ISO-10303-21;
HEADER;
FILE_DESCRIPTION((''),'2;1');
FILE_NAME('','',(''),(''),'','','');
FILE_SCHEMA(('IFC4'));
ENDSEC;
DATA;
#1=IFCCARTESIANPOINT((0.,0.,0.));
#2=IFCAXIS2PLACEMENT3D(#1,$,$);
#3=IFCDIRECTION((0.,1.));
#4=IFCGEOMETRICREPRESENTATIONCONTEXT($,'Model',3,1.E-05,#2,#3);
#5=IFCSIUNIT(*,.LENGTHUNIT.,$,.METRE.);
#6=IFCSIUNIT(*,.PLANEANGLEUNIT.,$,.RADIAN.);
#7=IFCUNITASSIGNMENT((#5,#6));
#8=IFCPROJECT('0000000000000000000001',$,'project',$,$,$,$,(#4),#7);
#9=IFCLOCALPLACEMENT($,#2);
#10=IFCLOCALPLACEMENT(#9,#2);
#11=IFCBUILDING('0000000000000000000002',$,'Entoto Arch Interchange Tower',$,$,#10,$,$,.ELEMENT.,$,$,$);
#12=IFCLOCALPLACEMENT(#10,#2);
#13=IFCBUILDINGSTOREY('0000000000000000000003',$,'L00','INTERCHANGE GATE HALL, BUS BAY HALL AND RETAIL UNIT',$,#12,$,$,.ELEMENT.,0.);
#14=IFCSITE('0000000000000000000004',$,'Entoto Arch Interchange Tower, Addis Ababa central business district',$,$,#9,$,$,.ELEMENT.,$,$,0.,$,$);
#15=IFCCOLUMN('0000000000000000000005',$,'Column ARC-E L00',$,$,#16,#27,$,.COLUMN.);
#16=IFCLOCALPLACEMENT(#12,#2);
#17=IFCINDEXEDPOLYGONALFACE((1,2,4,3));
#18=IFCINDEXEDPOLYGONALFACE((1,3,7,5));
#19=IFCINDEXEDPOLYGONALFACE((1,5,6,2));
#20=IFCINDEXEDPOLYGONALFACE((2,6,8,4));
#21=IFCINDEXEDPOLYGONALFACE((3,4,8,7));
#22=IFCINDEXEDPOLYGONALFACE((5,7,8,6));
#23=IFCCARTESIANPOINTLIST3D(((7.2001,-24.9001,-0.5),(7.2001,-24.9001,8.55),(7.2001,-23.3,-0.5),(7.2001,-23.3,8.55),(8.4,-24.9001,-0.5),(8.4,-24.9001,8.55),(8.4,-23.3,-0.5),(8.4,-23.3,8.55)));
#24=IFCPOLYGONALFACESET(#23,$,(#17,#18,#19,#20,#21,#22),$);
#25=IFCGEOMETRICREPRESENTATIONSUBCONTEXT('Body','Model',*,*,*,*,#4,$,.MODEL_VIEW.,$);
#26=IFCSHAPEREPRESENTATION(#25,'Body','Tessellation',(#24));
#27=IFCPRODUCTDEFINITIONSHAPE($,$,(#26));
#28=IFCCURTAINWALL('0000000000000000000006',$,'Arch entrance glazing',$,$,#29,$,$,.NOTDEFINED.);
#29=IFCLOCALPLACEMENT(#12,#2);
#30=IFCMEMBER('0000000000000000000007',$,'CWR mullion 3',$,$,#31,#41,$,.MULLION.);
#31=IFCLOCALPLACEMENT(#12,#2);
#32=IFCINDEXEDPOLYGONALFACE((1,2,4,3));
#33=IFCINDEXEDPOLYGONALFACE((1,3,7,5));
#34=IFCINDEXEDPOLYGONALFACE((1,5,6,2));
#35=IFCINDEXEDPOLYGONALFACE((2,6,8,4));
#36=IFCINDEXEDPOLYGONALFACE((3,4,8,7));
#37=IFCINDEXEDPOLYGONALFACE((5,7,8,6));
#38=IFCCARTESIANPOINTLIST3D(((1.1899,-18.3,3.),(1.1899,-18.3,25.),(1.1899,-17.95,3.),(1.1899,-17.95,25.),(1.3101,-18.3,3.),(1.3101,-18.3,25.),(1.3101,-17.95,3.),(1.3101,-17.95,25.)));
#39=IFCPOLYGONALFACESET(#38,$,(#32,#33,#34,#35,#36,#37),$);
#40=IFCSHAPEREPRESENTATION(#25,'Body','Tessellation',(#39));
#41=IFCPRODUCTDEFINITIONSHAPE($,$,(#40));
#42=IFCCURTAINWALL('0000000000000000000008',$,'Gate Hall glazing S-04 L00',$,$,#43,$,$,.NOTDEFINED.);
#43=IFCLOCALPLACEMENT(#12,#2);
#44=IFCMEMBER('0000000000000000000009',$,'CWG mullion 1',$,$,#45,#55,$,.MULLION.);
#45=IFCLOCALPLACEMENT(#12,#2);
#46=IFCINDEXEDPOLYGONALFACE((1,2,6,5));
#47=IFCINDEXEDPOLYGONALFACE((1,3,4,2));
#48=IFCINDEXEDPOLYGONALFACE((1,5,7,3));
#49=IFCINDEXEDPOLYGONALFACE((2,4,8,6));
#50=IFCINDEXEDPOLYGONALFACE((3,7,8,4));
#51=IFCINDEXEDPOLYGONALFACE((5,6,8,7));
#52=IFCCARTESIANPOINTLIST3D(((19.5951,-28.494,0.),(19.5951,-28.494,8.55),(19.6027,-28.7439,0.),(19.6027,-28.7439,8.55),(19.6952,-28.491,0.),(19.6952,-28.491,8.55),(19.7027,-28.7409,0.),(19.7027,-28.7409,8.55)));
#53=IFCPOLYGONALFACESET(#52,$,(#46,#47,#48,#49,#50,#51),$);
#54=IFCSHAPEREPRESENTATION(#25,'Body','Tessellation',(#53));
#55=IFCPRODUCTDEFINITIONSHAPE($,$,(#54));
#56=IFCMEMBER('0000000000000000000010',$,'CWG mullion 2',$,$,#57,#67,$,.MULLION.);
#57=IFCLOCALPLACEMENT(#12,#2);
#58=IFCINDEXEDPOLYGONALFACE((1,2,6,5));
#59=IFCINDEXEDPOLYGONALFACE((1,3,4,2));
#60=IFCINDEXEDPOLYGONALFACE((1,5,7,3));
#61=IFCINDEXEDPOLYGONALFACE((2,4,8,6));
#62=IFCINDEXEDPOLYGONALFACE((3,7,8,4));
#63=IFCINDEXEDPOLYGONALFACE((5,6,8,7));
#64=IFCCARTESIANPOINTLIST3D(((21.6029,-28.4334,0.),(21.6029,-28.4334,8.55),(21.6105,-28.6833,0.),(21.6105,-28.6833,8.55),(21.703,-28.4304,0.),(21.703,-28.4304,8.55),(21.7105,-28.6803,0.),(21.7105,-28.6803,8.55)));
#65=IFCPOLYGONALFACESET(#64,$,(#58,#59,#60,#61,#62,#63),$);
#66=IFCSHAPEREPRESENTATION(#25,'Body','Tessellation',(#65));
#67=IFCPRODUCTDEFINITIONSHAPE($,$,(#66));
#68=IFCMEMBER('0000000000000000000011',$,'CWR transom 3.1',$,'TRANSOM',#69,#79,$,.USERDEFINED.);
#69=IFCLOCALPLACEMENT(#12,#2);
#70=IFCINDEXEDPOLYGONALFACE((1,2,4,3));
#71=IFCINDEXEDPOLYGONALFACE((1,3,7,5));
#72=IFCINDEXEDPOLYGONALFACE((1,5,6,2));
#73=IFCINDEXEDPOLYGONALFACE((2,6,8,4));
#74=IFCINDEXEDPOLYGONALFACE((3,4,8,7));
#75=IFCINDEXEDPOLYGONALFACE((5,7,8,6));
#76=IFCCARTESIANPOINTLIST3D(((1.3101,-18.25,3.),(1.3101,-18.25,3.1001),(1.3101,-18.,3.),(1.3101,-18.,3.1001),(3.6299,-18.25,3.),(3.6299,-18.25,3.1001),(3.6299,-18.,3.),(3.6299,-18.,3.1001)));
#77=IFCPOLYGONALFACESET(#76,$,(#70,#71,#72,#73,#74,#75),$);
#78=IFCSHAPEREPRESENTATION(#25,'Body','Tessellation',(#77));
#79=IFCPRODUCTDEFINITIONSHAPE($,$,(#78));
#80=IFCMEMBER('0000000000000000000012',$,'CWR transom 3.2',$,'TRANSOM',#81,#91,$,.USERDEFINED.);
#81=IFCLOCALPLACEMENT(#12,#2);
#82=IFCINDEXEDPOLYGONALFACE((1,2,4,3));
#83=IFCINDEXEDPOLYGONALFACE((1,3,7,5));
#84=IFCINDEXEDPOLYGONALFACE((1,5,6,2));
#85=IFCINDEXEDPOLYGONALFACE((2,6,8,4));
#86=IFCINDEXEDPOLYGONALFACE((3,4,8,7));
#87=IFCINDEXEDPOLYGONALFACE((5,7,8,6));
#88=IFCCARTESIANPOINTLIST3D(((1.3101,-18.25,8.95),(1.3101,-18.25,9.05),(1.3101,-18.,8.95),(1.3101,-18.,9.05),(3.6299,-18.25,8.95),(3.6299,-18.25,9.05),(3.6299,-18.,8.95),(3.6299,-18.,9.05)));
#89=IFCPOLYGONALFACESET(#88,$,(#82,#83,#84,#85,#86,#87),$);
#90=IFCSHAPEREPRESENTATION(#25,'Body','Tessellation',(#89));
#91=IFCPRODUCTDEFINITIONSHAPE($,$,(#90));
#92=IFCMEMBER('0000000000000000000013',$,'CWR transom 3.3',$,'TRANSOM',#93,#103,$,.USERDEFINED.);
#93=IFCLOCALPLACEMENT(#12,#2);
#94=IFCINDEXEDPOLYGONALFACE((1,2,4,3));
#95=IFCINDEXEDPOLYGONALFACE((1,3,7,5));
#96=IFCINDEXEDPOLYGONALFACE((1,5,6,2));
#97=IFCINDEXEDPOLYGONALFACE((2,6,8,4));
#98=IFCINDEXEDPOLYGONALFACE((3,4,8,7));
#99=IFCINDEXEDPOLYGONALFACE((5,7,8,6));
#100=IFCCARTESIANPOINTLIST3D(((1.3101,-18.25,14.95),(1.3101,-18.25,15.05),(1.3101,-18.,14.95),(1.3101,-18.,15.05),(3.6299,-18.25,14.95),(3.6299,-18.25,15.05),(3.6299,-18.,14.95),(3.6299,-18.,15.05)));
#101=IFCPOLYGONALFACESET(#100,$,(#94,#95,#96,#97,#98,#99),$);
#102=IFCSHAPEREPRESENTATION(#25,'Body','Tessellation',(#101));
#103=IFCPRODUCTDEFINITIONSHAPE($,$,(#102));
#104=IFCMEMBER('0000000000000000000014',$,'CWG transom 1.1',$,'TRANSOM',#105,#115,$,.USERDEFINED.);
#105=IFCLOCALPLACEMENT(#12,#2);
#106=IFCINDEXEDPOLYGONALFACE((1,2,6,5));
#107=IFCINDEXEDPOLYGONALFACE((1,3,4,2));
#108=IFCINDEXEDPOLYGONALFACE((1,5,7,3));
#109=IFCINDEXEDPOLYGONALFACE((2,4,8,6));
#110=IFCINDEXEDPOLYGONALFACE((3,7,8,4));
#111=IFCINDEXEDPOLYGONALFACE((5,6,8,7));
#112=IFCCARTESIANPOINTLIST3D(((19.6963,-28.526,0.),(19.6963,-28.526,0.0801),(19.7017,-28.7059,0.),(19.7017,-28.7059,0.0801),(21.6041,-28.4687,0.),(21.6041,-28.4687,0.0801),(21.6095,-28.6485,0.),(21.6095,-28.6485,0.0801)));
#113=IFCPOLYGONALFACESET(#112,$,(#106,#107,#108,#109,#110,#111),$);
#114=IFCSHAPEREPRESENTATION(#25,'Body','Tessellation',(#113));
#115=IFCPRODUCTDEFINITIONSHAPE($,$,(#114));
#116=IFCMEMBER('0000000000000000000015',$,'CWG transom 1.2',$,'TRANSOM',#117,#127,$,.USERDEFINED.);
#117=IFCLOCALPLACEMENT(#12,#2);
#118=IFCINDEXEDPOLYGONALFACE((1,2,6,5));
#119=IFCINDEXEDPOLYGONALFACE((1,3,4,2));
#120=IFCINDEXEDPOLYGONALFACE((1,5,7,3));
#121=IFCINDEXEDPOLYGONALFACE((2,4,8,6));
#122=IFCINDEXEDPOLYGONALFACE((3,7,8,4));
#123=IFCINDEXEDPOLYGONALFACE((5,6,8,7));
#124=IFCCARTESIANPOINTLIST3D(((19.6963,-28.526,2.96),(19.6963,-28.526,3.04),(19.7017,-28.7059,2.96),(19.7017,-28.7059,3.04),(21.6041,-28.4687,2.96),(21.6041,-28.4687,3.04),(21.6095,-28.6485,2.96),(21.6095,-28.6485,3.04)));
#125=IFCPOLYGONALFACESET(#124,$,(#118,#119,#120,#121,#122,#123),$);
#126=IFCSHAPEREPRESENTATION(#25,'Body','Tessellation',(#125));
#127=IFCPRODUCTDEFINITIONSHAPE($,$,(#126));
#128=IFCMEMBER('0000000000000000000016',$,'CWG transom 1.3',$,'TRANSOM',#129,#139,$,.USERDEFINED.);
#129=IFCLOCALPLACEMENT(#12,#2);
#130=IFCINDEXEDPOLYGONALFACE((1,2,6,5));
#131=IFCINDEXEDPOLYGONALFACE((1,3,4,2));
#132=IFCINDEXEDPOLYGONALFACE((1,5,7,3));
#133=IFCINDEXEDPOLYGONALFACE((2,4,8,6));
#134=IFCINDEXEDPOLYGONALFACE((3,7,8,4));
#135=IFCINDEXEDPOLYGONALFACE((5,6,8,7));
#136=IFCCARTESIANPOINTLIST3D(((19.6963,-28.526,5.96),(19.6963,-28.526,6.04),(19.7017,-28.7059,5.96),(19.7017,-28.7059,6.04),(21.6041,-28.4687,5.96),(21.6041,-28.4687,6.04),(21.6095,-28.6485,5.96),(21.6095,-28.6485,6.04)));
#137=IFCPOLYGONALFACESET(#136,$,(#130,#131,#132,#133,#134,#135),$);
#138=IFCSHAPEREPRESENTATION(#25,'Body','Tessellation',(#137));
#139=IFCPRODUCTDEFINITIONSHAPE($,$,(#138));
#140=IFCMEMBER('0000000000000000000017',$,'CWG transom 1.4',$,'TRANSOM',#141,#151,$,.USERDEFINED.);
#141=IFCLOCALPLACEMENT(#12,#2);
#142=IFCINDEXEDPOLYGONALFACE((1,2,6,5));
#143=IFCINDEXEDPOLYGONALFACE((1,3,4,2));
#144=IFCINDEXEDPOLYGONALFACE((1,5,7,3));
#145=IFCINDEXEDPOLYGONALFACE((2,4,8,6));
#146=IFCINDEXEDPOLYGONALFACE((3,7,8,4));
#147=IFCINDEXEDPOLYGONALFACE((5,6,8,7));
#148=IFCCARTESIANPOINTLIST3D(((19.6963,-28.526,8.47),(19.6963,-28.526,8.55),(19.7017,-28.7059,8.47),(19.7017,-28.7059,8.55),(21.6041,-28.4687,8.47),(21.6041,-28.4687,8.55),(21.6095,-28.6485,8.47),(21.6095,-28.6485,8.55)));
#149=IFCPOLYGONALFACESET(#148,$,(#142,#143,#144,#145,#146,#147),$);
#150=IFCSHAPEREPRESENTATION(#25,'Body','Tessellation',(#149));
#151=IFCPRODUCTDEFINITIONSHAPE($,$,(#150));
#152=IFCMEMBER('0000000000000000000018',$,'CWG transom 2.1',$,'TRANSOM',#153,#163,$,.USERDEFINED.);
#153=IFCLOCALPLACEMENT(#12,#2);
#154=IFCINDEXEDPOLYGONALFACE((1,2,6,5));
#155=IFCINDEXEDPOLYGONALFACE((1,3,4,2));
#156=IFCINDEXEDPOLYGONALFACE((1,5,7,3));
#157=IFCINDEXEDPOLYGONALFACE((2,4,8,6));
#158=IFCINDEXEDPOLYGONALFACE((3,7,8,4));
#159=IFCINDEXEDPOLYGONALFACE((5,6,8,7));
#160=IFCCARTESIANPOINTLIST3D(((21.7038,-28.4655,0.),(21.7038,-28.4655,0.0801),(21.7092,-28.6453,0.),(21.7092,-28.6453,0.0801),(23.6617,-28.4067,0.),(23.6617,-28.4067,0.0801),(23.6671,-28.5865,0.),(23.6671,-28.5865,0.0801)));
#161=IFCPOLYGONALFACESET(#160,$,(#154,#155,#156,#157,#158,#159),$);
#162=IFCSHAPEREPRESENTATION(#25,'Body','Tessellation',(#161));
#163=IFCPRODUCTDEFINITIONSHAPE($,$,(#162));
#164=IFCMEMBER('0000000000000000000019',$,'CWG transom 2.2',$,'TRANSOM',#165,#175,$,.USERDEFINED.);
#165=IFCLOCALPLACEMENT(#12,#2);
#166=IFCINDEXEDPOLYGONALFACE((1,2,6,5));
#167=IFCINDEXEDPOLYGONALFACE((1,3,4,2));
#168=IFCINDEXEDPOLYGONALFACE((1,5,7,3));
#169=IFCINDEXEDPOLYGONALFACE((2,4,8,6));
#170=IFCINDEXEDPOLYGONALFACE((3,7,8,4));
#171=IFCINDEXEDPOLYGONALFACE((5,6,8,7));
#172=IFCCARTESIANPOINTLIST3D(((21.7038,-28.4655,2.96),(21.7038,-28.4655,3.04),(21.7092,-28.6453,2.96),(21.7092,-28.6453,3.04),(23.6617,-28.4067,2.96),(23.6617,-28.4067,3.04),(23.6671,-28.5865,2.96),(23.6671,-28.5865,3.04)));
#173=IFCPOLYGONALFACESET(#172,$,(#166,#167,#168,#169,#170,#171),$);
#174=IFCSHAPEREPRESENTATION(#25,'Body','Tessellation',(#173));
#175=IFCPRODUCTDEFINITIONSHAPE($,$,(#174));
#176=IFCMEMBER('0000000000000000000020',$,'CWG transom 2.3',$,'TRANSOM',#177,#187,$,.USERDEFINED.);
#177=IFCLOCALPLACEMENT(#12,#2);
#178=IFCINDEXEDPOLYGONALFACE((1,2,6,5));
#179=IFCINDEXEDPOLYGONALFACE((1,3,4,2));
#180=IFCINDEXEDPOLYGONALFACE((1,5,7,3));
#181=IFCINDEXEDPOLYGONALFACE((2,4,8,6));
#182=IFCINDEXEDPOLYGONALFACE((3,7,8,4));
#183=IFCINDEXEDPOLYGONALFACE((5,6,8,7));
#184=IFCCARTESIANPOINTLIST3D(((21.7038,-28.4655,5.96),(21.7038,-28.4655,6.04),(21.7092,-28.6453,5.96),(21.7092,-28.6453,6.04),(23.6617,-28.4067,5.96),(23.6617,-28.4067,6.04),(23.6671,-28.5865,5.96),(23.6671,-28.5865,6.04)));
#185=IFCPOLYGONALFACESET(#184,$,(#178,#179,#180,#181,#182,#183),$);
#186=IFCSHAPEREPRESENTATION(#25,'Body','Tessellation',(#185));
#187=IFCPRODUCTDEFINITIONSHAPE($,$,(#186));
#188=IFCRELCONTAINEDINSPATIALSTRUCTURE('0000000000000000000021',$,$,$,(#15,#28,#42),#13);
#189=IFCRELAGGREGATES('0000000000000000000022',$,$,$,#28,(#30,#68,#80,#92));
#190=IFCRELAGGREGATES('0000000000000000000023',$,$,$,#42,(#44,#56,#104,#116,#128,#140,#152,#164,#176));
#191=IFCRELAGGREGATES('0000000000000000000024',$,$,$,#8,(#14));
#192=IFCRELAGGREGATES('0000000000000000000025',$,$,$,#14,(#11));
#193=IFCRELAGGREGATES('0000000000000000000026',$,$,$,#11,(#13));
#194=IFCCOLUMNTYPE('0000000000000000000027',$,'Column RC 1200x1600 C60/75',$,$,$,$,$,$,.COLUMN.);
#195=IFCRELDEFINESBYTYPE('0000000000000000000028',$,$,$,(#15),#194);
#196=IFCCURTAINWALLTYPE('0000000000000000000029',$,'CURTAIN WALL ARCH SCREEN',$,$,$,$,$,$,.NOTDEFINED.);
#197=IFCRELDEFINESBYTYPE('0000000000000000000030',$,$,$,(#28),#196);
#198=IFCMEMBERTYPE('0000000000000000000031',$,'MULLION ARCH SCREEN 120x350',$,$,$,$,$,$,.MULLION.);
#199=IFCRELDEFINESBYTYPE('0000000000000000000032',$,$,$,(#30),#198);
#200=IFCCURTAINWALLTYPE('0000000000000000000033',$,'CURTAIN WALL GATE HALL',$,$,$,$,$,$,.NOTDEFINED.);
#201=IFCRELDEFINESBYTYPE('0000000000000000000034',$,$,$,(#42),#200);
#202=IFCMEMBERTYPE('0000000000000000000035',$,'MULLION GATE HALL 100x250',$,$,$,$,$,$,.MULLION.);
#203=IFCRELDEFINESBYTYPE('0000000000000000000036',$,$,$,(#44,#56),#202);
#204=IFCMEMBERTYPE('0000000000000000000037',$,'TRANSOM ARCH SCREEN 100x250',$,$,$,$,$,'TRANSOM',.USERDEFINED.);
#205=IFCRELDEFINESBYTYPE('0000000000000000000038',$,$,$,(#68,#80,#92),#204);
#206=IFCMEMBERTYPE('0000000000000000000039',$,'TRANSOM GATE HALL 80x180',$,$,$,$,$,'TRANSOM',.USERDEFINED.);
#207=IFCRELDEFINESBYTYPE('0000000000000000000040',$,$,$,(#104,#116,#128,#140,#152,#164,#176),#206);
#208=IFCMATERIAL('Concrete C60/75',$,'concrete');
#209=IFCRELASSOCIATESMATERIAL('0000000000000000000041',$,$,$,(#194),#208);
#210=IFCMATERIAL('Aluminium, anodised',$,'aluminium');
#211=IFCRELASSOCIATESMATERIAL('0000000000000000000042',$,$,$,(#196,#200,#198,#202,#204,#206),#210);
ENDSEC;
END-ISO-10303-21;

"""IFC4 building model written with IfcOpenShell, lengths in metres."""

from ifc_helpers import new_model, si_unit, direction, frame, origin, origin_2d, place, context, subcontext, project, spatial, rectangle, extrude, material, material_profile, profile_set, type_object, element, aggregate, save


model = new_model("IFC4")

# Units and contexts
model_context = context("Model", 3, precision=1e-05, world=origin(), true_north=direction((0.0, 1.0)))
body_context = subcontext(model_context, "Body", "Model", "MODEL_VIEW")
ifc_project = project(units=[si_unit("LENGTHUNIT", "METRE"), si_unit("PLANEANGLEUNIT", "RADIAN")], contexts=[model_context])

# Site, building, storey
site_placement = place(None, origin())
site = spatial("IfcSite", under=ifc_project, at=site_placement, Name="Entoto Arch Interchange Tower, Addis Ababa central business district", CompositionType="ELEMENT", RefElevation=0.0)
building_placement = place(site_placement, origin())
building = spatial("IfcBuilding", under=site, at=building_placement, Name="Entoto Arch Interchange Tower", CompositionType="ELEMENT")
storey_placement = place(building_placement, origin())
storey = spatial("IfcBuildingStorey", under=building, at=storey_placement, Name="L00", Description="INTERCHANGE GATE HALL, BUS BAY HALL AND RETAIL UNIT", CompositionType="ELEMENT", Elevation=0.0)

# Column
ifc_material_1 = material(Name="Concrete C60/75", Category="concrete")
ifc_material_profile_1 = material_profile(ifc_material_1, rectangle(XDim=1.2, YDim=1.6001, at=origin_2d()))
ifc_profile_set_1 = profile_set([ifc_material_profile_1], Name="Concrete C60/75")
column_type = type_object("IfcColumnType", Name="Column RC 1200x1600 C60/75", PredefinedType="COLUMN", material=ifc_profile_set_1)
column_placement = place(storey_placement, frame((7.8, -24.1001, -0.5), z_axis=(0.0, 0.0, 1.0), x_axis=(1.0, 0.0, 0.0)))
element("IfcColumn", 1, at=column_placement, inside=storey, type_object=column_type, Name="Column ARC-E L00", PredefinedType="COLUMN", context=body_context, shape_type="SweptSolid", body=[
    extrude(rectangle(XDim=1.2, YDim=1.6001, at=origin_2d()), origin(), (0.0, 0.0, 1.0), 9.05),
])

# Curtain wall, member
ifc_material_2 = material(Name="Aluminium, anodised", Category="aluminium")
curtain_wall_type_1 = type_object("IfcCurtainWallType", Name="CURTAIN WALL ARCH SCREEN", PredefinedType="NOTDEFINED", material=ifc_material_2)
curtain_wall_1_placement = place(storey_placement, origin())
curtain_wall_1 = element("IfcCurtainWall", 2, at=curtain_wall_1_placement, inside=storey, type_object=curtain_wall_type_1, Name="Arch entrance glazing", PredefinedType="NOTDEFINED")
ifc_material_profile_2 = material_profile(ifc_material_2, rectangle(XDim=0.3501, YDim=0.1201, at=origin_2d()))
ifc_profile_set_2 = profile_set([ifc_material_profile_2], Name="Aluminium, anodised")
member_type_1 = type_object("IfcMemberType", Name="MULLION ARCH SCREEN 120x350", PredefinedType="MULLION", material=ifc_profile_set_2)
member_1_placement = place(storey_placement, frame((1.25, -18.125, 3.0), z_axis=(0.0, 0.0, 1.0), x_axis=(0.0, 1.0, 0.0)))
member_1 = element("IfcMember", 3, at=member_1_placement, type_object=member_type_1, Name="CWR mullion 3", PredefinedType="MULLION", context=body_context, shape_type="SweptSolid", body=[
    extrude(rectangle(XDim=0.3501, YDim=0.1201, at=origin_2d()), origin(), (0.0, 0.0, 1.0), 22.0),
])

# Curtain wall, members
curtain_wall_type_2 = type_object("IfcCurtainWallType", Name="CURTAIN WALL GATE HALL", PredefinedType="NOTDEFINED", material=ifc_material_2)
curtain_wall_2_placement = place(storey_placement, origin())
curtain_wall_2 = element("IfcCurtainWall", 4, at=curtain_wall_2_placement, inside=storey, type_object=curtain_wall_type_2, Name="Gate Hall glazing S-04 L00", PredefinedType="NOTDEFINED")
ifc_material_profile_3 = material_profile(ifc_material_2, rectangle(XDim=0.25, YDim=0.1001, at=origin_2d()))
ifc_profile_set_3 = profile_set([ifc_material_profile_3], Name="Aluminium, anodised")
member_type_2 = type_object("IfcMemberType", Name="MULLION GATE HALL 100x250", PredefinedType="MULLION", material=ifc_profile_set_3)
member_2_placement = place(storey_placement, frame((19.6489, -28.6174, 0.0), z_axis=(0.0, 0.0, 1.0), x_axis=(-0.030118, 0.999546, 0.0)))
member_2 = element("IfcMember", 5, at=member_2_placement, type_object=member_type_2, Name="CWG mullion 1", PredefinedType="MULLION", context=body_context, shape_type="SweptSolid", body=[
    extrude(rectangle(XDim=0.25, YDim=0.1001, at=origin_2d()), origin(), (0.0, 0.0, 1.0), 8.55),
])
member_3_placement = place(storey_placement, frame((21.6567, -28.5569, 0.0), z_axis=(0.0, 0.0, 1.0), x_axis=(-0.030118, 0.999546, 0.0)))
member_3 = element("IfcMember", 6, at=member_3_placement, type_object=member_type_2, Name="CWG mullion 2", PredefinedType="MULLION", context=body_context, shape_type="SweptSolid", body=[
    extrude(rectangle(XDim=0.25, YDim=0.1001, at=origin_2d()), origin(), (0.0, 0.0, 1.0), 8.55),
])

# Members
ifc_material_profile_4 = material_profile(ifc_material_2, rectangle(XDim=0.25, YDim=0.1001, at=origin_2d()))
ifc_profile_set_4 = profile_set([ifc_material_profile_4], Name="Aluminium, anodised")
member_type_3 = type_object("IfcMemberType", Name="TRANSOM ARCH SCREEN 100x250", ElementType="TRANSOM", PredefinedType="USERDEFINED", material=ifc_profile_set_4)
member_4_placement = place(storey_placement, frame((1.3101, -18.125, 3.05), z_axis=(1.0, 0.0, 0.0), x_axis=(0.0, 1.0, 0.0)))
member_4 = element("IfcMember", 7, at=member_4_placement, type_object=member_type_3, Name="CWR transom 3.1", ObjectType="TRANSOM", PredefinedType="USERDEFINED", context=body_context, shape_type="SweptSolid", body=[
    extrude(rectangle(XDim=0.25, YDim=0.1001, at=origin_2d()), origin(), (0.0, 0.0, 1.0), 2.3198),
])
member_5_placement = place(storey_placement, frame((1.3101, -18.125, 9.0), z_axis=(1.0, 0.0, 0.0), x_axis=(0.0, 1.0, 0.0)))
member_5 = element("IfcMember", 8, at=member_5_placement, type_object=member_type_3, Name="CWR transom 3.2", ObjectType="TRANSOM", PredefinedType="USERDEFINED", context=body_context, shape_type="SweptSolid", body=[
    extrude(rectangle(XDim=0.25, YDim=0.1001, at=origin_2d()), origin(), (0.0, 0.0, 1.0), 2.3198),
])
member_6_placement = place(storey_placement, frame((1.3101, -18.125, 15.0), z_axis=(1.0, 0.0, 0.0), x_axis=(0.0, 1.0, 0.0)))
member_6 = element("IfcMember", 9, at=member_6_placement, type_object=member_type_3, Name="CWR transom 3.3", ObjectType="TRANSOM", PredefinedType="USERDEFINED", context=body_context, shape_type="SweptSolid", body=[
    extrude(rectangle(XDim=0.25, YDim=0.1001, at=origin_2d()), origin(), (0.0, 0.0, 1.0), 2.3198),
])
ifc_material_profile_5 = material_profile(ifc_material_2, rectangle(XDim=0.1799, YDim=0.0801, at=origin_2d()))
ifc_profile_set_5 = profile_set([ifc_material_profile_5], Name="Aluminium, anodised")
member_type_4 = type_object("IfcMemberType", Name="TRANSOM GATE HALL 80x180", ElementType="TRANSOM", PredefinedType="USERDEFINED", material=ifc_profile_set_5)
member_7_placement = place(storey_placement, frame((19.699, -28.616, 0.04), z_axis=(0.999548, 0.030061, 0.0), x_axis=(-0.030061, 0.999548, 0.0)))
member_7 = element("IfcMember", 10, at=member_7_placement, type_object=member_type_4, Name="CWG transom 1.1", ObjectType="TRANSOM", PredefinedType="USERDEFINED", context=body_context, shape_type="SweptSolid", body=[
    extrude(rectangle(XDim=0.1799, YDim=0.0801, at=origin_2d()), origin(), (0.0, 0.0, 1.0), 1.9087),
])
member_8_placement = place(storey_placement, frame((19.699, -28.616, 3.0), z_axis=(0.999548, 0.030061, 0.0), x_axis=(-0.030061, 0.999548, 0.0)))
member_8 = element("IfcMember", 11, at=member_8_placement, type_object=member_type_4, Name="CWG transom 1.2", ObjectType="TRANSOM", PredefinedType="USERDEFINED", context=body_context, shape_type="SweptSolid", body=[
    extrude(rectangle(XDim=0.1799, YDim=0.0801, at=origin_2d()), origin(), (0.0, 0.0, 1.0), 1.9087),
])
member_9_placement = place(storey_placement, frame((19.699, -28.616, 6.0), z_axis=(0.999548, 0.030061, 0.0), x_axis=(-0.030061, 0.999548, 0.0)))
member_9 = element("IfcMember", 12, at=member_9_placement, type_object=member_type_4, Name="CWG transom 1.3", ObjectType="TRANSOM", PredefinedType="USERDEFINED", context=body_context, shape_type="SweptSolid", body=[
    extrude(rectangle(XDim=0.1799, YDim=0.0801, at=origin_2d()), origin(), (0.0, 0.0, 1.0), 1.9087),
])
member_10_placement = place(storey_placement, frame((19.699, -28.616, 8.51), z_axis=(0.999548, 0.030061, 0.0), x_axis=(-0.030061, 0.999548, 0.0)))
member_10 = element("IfcMember", 13, at=member_10_placement, type_object=member_type_4, Name="CWG transom 1.4", ObjectType="TRANSOM", PredefinedType="USERDEFINED", context=body_context, shape_type="SweptSolid", body=[
    extrude(rectangle(XDim=0.1799, YDim=0.0801, at=origin_2d()), origin(), (0.0, 0.0, 1.0), 1.9087),
])
member_11_placement = place(storey_placement, frame((21.7065, -28.5554, 0.04), z_axis=(0.999549, 0.03004, 0.0), x_axis=(-0.03004, 0.999549, 0.0)))
member_11 = element("IfcMember", 14, at=member_11_placement, type_object=member_type_4, Name="CWG transom 2.1", ObjectType="TRANSOM", PredefinedType="USERDEFINED", context=body_context, shape_type="SweptSolid", body=[
    extrude(rectangle(XDim=0.1799, YDim=0.0801, at=origin_2d()), origin(), (0.0, 0.0, 1.0), 1.9587),
])
member_12_placement = place(storey_placement, frame((21.7065, -28.5554, 3.0), z_axis=(0.999549, 0.03004, 0.0), x_axis=(-0.03004, 0.999549, 0.0)))
member_12 = element("IfcMember", 15, at=member_12_placement, type_object=member_type_4, Name="CWG transom 2.2", ObjectType="TRANSOM", PredefinedType="USERDEFINED", context=body_context, shape_type="SweptSolid", body=[
    extrude(rectangle(XDim=0.1799, YDim=0.0801, at=origin_2d()), origin(), (0.0, 0.0, 1.0), 1.9587),
])
member_13_placement = place(storey_placement, frame((21.7065, -28.5554, 6.0), z_axis=(0.999549, 0.03004, 0.0), x_axis=(-0.03004, 0.999549, 0.0)))
member_13 = element("IfcMember", 16, at=member_13_placement, type_object=member_type_4, Name="CWG transom 2.3", ObjectType="TRANSOM", PredefinedType="USERDEFINED", context=body_context, shape_type="SweptSolid", body=[
    extrude(rectangle(XDim=0.1799, YDim=0.0801, at=origin_2d()), origin(), (0.0, 0.0, 1.0), 1.9587),
])

aggregate(curtain_wall_1, [member_1, member_4, member_5, member_6])
aggregate(curtain_wall_2, [member_2, member_3, member_7, member_8, member_9, member_10, member_11, member_12, member_13])

save(model, "model.ifc")
